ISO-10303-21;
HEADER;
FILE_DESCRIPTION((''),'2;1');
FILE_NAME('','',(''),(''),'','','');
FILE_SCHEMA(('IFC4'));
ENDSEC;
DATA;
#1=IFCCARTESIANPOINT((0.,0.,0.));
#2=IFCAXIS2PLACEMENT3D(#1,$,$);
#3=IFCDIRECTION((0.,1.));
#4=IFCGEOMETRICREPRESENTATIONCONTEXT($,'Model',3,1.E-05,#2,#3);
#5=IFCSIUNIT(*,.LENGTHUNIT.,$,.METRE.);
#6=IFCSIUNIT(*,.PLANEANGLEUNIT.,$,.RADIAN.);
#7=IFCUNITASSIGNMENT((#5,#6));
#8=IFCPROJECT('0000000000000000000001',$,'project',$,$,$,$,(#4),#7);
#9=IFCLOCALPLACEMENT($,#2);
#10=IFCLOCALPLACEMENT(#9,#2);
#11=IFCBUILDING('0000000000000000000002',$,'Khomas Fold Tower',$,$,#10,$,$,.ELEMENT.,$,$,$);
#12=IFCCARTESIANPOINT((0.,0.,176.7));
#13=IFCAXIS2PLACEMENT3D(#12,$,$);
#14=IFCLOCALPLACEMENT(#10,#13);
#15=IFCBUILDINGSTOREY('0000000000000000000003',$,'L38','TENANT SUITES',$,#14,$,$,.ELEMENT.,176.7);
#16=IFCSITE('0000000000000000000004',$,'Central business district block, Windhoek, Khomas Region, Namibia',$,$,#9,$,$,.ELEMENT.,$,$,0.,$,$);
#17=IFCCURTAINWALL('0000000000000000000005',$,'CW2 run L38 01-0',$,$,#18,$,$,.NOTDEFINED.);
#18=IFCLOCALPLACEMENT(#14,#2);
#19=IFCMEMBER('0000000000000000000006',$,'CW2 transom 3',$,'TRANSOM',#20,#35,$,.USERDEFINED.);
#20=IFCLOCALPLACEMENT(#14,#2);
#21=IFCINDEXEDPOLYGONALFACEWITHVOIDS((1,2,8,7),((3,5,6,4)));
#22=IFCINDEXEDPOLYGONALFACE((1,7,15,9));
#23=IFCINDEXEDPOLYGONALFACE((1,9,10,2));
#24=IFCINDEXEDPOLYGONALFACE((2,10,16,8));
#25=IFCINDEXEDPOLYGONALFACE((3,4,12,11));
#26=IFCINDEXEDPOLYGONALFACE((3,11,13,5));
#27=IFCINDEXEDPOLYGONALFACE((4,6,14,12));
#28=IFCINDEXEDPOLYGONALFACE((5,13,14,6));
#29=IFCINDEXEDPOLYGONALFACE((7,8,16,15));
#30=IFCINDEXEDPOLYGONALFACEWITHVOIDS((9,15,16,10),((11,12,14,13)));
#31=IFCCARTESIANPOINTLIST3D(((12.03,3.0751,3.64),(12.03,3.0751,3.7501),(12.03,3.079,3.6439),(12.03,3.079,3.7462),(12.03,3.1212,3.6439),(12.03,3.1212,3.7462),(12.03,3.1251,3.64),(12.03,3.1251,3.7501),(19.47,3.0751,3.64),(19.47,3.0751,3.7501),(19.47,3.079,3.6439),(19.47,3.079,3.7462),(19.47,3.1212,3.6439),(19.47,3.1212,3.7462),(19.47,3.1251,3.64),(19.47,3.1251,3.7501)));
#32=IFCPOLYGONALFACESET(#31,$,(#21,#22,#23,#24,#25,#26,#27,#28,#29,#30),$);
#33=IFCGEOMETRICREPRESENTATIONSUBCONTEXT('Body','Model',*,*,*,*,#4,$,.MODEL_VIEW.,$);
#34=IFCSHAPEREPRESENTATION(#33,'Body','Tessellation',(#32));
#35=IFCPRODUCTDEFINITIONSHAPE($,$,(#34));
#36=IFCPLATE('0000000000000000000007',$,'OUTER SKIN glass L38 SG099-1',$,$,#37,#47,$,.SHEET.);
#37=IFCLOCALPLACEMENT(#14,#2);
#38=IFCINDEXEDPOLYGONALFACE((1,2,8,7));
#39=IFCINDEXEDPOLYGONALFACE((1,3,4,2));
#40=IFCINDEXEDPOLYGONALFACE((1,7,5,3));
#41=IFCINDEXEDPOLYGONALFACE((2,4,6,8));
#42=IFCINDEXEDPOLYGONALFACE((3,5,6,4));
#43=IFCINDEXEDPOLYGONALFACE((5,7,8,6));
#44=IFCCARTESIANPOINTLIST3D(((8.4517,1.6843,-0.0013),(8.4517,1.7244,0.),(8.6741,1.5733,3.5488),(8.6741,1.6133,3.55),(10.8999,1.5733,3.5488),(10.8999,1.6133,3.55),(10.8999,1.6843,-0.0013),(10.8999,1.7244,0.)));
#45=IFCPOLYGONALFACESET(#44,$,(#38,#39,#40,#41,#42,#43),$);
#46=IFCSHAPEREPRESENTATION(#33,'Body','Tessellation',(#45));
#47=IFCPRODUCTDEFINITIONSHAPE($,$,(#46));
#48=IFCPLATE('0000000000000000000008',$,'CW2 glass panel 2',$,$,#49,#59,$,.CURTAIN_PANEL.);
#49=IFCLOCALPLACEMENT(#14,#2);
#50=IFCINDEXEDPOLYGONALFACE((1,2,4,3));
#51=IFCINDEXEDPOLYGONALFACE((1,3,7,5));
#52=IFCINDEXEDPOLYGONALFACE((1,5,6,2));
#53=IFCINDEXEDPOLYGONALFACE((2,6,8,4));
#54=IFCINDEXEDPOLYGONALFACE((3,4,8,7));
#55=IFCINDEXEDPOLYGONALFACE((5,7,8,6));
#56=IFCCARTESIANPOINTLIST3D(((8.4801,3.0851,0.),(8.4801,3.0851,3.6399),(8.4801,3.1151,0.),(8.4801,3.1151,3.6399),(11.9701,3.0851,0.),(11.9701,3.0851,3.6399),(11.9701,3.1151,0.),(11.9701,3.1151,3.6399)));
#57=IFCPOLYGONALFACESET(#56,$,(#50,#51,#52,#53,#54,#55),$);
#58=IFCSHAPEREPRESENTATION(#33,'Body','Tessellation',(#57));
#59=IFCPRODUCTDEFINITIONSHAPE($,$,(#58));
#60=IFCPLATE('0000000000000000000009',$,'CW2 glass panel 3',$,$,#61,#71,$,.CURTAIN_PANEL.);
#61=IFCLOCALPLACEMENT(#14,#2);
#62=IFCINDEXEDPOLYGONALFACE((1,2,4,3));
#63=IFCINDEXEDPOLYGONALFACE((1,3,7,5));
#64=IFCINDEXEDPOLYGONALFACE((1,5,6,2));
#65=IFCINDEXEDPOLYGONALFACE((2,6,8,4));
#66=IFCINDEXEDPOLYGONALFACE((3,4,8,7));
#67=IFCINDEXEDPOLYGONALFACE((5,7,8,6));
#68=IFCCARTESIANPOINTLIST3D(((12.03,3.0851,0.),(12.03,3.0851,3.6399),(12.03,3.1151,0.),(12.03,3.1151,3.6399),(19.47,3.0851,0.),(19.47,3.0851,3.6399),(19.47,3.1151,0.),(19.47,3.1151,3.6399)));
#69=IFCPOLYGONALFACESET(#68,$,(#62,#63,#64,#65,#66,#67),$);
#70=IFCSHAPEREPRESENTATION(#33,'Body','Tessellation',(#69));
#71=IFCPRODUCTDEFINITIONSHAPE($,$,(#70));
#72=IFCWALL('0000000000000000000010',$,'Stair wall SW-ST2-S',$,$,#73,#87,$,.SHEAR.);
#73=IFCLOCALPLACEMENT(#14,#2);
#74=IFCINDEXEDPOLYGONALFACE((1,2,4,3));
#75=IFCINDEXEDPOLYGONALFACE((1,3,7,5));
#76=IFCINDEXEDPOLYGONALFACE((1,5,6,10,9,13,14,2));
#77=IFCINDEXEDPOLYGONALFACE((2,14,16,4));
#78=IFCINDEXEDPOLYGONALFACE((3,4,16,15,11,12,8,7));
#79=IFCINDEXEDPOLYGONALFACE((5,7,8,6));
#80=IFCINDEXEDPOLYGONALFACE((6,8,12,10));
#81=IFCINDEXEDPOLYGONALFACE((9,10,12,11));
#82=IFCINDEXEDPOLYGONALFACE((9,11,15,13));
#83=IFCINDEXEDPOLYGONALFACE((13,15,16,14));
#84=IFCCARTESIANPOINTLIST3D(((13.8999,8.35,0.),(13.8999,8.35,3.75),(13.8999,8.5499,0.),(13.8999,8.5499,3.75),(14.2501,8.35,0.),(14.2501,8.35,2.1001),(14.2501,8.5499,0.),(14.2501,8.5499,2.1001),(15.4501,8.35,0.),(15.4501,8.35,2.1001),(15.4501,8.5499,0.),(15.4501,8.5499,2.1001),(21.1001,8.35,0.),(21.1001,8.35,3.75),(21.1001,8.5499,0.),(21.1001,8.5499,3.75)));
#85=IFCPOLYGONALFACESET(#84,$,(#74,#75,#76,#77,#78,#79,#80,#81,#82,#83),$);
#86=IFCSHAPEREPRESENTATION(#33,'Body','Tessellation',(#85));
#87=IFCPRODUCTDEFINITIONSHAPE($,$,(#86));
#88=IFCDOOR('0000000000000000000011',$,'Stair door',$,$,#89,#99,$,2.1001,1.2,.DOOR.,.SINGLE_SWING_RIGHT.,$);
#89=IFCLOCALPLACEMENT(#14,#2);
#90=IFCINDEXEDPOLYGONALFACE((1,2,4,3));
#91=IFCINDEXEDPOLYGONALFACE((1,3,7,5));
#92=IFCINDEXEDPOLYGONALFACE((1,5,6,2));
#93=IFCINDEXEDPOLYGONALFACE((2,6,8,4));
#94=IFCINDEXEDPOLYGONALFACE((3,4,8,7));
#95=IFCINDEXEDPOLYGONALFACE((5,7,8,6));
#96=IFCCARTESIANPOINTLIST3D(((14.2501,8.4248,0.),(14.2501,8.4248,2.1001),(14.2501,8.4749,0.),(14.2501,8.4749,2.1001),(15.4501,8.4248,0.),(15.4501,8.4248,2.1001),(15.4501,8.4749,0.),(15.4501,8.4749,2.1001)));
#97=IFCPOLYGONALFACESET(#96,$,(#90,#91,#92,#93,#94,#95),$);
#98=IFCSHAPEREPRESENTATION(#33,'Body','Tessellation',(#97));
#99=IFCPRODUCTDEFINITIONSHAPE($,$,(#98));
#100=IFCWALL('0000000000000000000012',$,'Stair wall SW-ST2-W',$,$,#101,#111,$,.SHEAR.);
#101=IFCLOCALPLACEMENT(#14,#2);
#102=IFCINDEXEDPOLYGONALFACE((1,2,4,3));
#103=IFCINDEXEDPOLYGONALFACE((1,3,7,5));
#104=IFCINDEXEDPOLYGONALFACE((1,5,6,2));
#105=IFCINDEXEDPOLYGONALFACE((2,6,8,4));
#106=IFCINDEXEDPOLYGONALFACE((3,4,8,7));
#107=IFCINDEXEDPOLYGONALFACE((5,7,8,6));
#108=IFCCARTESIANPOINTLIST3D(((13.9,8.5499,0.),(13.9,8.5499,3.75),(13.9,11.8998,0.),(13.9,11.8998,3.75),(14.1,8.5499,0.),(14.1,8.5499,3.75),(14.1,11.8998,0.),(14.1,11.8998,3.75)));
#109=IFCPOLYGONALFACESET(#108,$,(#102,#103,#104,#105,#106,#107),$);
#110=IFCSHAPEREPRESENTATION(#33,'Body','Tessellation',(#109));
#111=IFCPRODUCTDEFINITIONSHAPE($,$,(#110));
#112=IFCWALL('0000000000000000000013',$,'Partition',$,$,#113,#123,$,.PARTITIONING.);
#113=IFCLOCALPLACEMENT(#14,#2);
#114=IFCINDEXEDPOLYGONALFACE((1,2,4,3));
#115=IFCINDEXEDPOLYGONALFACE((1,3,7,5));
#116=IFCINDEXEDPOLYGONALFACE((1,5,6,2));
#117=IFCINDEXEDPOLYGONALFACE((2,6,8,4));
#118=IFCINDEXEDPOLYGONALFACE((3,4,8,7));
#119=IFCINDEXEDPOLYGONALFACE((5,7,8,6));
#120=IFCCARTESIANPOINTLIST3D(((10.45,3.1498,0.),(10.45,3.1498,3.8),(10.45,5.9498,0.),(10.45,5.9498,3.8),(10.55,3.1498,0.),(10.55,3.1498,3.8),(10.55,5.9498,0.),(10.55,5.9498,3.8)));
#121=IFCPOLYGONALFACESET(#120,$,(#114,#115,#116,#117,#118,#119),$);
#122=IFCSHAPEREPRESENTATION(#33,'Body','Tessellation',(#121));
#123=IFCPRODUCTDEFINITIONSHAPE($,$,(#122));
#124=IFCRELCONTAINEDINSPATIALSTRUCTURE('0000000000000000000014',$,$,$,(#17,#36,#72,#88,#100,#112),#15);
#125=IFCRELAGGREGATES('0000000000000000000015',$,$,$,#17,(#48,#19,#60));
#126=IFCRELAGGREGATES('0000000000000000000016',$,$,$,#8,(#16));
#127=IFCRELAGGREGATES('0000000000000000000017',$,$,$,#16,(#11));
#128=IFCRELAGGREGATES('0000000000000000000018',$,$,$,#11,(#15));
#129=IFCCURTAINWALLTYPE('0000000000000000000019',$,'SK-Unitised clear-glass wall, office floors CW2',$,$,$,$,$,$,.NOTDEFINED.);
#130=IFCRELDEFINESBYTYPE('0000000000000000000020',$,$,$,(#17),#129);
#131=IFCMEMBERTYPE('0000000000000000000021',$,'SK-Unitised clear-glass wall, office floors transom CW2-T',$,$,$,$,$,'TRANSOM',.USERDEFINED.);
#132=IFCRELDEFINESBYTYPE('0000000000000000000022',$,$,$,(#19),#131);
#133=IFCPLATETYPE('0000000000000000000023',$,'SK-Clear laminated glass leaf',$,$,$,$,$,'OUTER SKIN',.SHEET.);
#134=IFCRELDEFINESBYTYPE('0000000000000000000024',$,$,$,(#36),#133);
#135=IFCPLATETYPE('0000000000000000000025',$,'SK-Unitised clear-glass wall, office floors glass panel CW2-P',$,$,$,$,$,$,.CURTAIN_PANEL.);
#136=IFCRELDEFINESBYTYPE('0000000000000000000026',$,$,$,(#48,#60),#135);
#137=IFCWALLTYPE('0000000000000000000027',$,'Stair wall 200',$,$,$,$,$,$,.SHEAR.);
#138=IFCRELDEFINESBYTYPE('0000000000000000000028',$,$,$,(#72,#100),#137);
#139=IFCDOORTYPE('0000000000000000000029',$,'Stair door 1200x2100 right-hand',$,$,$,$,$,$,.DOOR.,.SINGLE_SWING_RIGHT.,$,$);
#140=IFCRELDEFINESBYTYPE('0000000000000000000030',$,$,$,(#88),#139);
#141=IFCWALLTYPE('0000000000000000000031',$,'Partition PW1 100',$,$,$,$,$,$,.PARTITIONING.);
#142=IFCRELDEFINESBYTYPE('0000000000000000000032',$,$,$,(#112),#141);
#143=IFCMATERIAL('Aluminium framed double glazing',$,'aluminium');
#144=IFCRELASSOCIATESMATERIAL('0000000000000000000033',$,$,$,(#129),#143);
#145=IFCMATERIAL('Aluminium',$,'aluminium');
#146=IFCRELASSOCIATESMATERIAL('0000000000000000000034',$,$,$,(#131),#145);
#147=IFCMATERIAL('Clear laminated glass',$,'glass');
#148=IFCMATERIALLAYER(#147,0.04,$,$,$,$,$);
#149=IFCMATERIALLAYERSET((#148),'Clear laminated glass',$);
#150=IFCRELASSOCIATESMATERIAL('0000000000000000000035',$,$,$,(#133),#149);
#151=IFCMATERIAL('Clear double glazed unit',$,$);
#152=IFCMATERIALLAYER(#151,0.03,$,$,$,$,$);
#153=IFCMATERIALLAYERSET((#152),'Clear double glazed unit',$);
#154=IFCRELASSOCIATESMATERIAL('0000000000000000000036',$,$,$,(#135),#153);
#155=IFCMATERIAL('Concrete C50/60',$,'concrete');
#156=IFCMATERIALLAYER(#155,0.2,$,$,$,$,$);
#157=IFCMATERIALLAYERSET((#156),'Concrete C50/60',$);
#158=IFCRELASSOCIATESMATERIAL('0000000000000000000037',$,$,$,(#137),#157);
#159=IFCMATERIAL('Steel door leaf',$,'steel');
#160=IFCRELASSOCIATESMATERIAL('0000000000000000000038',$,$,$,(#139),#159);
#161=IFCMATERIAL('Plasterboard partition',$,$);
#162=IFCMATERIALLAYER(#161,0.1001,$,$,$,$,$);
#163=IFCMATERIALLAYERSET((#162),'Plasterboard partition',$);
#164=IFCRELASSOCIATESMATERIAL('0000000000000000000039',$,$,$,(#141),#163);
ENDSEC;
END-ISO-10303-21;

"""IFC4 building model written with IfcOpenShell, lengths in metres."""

from ifc_helpers import new_model, si_unit, direction, frame, frame_2d, origin, origin_2d, place, context, subcontext, project, spatial, polyline, rectangle, hollow_rectangle, outline, extrude, source, transform, mapped, material, layer, layer_set, material_profile, profile_set, type_object, element, fill, aggregate, save


model = new_model("IFC4")

# Units and contexts
model_context = context("Model", 3, precision=1e-05, world=origin(), true_north=direction((0.0, 1.0)))
body_context = subcontext(model_context, "Body", "Model", "MODEL_VIEW")
ifc_project = project(units=[si_unit("LENGTHUNIT", "METRE"), si_unit("PLANEANGLEUNIT", "RADIAN")], contexts=[model_context])

# Site, building, storey
site_placement = place(None, origin())
site = spatial("IfcSite", under=ifc_project, at=site_placement, Name="Central business district block, Windhoek, Khomas Region, Namibia", CompositionType="ELEMENT", RefElevation=0.0)
building_placement = place(site_placement, origin())
building = spatial("IfcBuilding", under=site, at=building_placement, Name="Khomas Fold Tower", CompositionType="ELEMENT")
storey_placement = place(building_placement, frame((0.0, 0.0, 176.7)))
storey = spatial("IfcBuildingStorey", under=building, at=storey_placement, Name="L38", Description="TENANT SUITES", CompositionType="ELEMENT", Elevation=176.7)

# Curtain wall, member
ifc_material_1 = material(Name="Aluminium framed double glazing", Category="aluminium")
curtain_wall_type = type_object("IfcCurtainWallType", Name="SK-Unitised clear-glass wall, office floors CW2", PredefinedType="NOTDEFINED", material=ifc_material_1)
curtain_wall_placement = place(storey_placement, origin())
curtain_wall = element("IfcCurtainWall", 1, at=curtain_wall_placement, inside=storey, type_object=curtain_wall_type, Name="CW2 run L38 01-0", PredefinedType="NOTDEFINED")
ifc_material_2 = material(Name="Aluminium", Category="aluminium")
ifc_material_profile_1 = material_profile(ifc_material_2, hollow_rectangle(XDim=0.05, YDim=0.1101, WallThickness=0.0039, at=origin_2d()), Name="SK-Unitised clear-glass wall, office floors transom CW2-T")
ifc_profile_set_1 = profile_set([ifc_material_profile_1], Name="Aluminium")
member_type_1 = type_object("IfcMemberType", Name="SK-Unitised clear-glass wall, office floors transom CW2-T", ElementType="TRANSOM", PredefinedType="USERDEFINED", material=ifc_profile_set_1)
shared_shape_1 = source(origin(), body_context, "Body", "SweptSolid", [
    extrude(hollow_rectangle(XDim=0.05, YDim=0.1101, WallThickness=0.0039, at=origin_2d()), origin(), (0.0, 0.0, 1.0), 7.4399),
])
member_1_placement = place(storey_placement, frame((12.03, 3.1001, 3.6951), z_axis=(1.0, 0.0, 0.0), x_axis=(0.0, 1.0, 0.0)))
member_1 = element("IfcMember", 2, at=member_1_placement, type_object=member_type_1, Name="CW2 transom 3", ObjectType="TRANSOM", PredefinedType="USERDEFINED", context=body_context, shape_type="MappedRepresentation", body=[
    mapped(shared_shape_1, transform((0.0, 0.0, 0.0))),
])

# Plates
ifc_material_3 = material(Name="Clear laminated glass", Category="glass")
ifc_layer_1 = layer(ifc_material_3, 0.04)
ifc_layer_set_1 = layer_set([ifc_layer_1], Name="Clear laminated glass")
plate_type_1 = type_object("IfcPlateType", Name="SK-Clear laminated glass leaf", ElementType="OUTER SKIN", PredefinedType="SHEET", material=ifc_layer_set_1)
plate_1_placement = place(storey_placement, frame((10.8999, 1.7244, 0.0), z_axis=(0.0, 0.999511, 0.031276), x_axis=(-1.0, 0.0, 0.0)))
element("IfcPlate", 3, at=plate_1_placement, inside=storey, type_object=plate_type_1, Name="OUTER SKIN glass L38 SG099-1", PredefinedType="SHEET", context=body_context, shape_type="SweptSolid", body=[
    extrude(outline(polyline([(0.0, 0.0), (2.4482, 0.0), (2.2258, 3.5518), (0.0, 3.5518), (0.0, 0.0)])), origin(), (0.0, 0.0, -1.0), 0.04),
])
ifc_material_4 = material(Name="Clear double glazed unit")
ifc_layer_2 = layer(ifc_material_4, 0.03)
ifc_layer_set_2 = layer_set([ifc_layer_2], Name="Clear double glazed unit")
plate_type_2 = type_object("IfcPlateType", Name="SK-Unitised clear-glass wall, office floors glass panel CW2-P", PredefinedType="CURTAIN_PANEL", material=ifc_layer_set_2)
shared_shape_2 = source(origin(), body_context, "Body", "SweptSolid", [
    extrude(rectangle(XDim=3.49, YDim=0.03, at=origin_2d()), origin(), (0.0, 0.0, 1.0), 3.6399),
])
plate_2_placement = place(storey_placement, frame((10.2251, 3.1001, 0.0), z_axis=(0.0, 0.0, 1.0), x_axis=(1.0, 0.0, 0.0)))
plate_2 = element("IfcPlate", 4, at=plate_2_placement, type_object=plate_type_2, Name="CW2 glass panel 2", PredefinedType="CURTAIN_PANEL", context=body_context, shape_type="MappedRepresentation", body=[
    mapped(shared_shape_2, transform((0.0, 0.0, 0.0))),
])
shared_shape_3 = source(origin(), body_context, "Body", "SweptSolid", [
    extrude(rectangle(XDim=7.4399, YDim=0.03, at=origin_2d()), origin(), (0.0, 0.0, 1.0), 3.6399),
])
plate_3_placement = place(storey_placement, frame((15.75, 3.1001, 0.0), z_axis=(0.0, 0.0, 1.0), x_axis=(1.0, 0.0, 0.0)))
plate_3 = element("IfcPlate", 5, at=plate_3_placement, type_object=plate_type_2, Name="CW2 glass panel 3", PredefinedType="CURTAIN_PANEL", context=body_context, shape_type="MappedRepresentation", body=[
    mapped(shared_shape_3, transform((0.0, 0.0, 0.0))),
])
aggregate(curtain_wall, [plate_2, member_1, plate_3])

# Wall, opening, door
ifc_material_5 = material(Name="Concrete C50/60", Category="concrete")
ifc_layer_3 = layer(ifc_material_5, 0.2)
ifc_layer_set_3 = layer_set([ifc_layer_3], Name="Concrete C50/60")
wall_type_1 = type_object("IfcWallType", Name="Stair wall 200", PredefinedType="SHEAR", material=ifc_layer_set_3)
shared_shape_4 = source(origin(), body_context, "Body", "SweptSolid", [
    extrude(rectangle(XDim=7.2002, YDim=0.2, at=frame_2d((3.6001, 0.0))), origin(), (0.0, 0.0, 1.0), 3.75),
])
wall_1_placement = place(storey_placement, frame((13.8999, 8.45, 0.0), z_axis=(0.0, 0.0, 1.0), x_axis=(1.0, 0.0, 0.0)))
wall_1 = element("IfcWall", 6, at=wall_1_placement, inside=storey, type_object=wall_type_1, Name="Stair wall SW-ST2-S", PredefinedType="SHEAR", context=body_context, shape_type="MappedRepresentation", body=[
    mapped(shared_shape_4, transform((0.0, 0.0, 0.0))),
])
shared_shape_5 = source(origin(), body_context, "Body", "SweptSolid", [
    extrude(rectangle(XDim=1.2, YDim=2.1001, at=frame_2d((0.6001, 1.05))), frame((0.0, 0.1099, 0.0), z_axis=(0.0, -1.0, 0.0), x_axis=(1.0, 0.0, 0.0)), (0.0, 0.0, 1.0), 0.22),
])
opening_placement = place(wall_1_placement, frame((0.3501, 0.0, 0.0)))
opening = element("IfcOpeningElement", 7, at=opening_placement, cuts=wall_1, PredefinedType="OPENING", context=body_context, shape_type="MappedRepresentation", body=[
    mapped(shared_shape_5, transform((0.0, 0.0, 0.0))),
])
ifc_material_6 = material(Name="Steel door leaf", Category="steel")
door_type = type_object("IfcDoorType", Name="Stair door 1200x2100 right-hand", OperationType="SINGLE_SWING_RIGHT", PredefinedType="DOOR", material=ifc_material_6)
shared_shape_6 = source(origin(), body_context, "Body", "SweptSolid", [
    extrude(rectangle(XDim=1.2, YDim=2.1001, at=frame_2d((0.6001, 1.05))), frame((0.0, 0.0249, 0.0), z_axis=(0.0, -1.0, 0.0), x_axis=(1.0, 0.0, 0.0)), (0.0, 0.0, 1.0), 0.05),
])
door_placement = place(opening_placement, origin())
door = element("IfcDoor", 8, at=door_placement, inside=storey, type_object=door_type, Name="Stair door", OperationType="SINGLE_SWING_RIGHT", OverallHeight=2.1001, OverallWidth=1.2, PredefinedType="DOOR", context=body_context, shape_type="MappedRepresentation", body=[
    mapped(shared_shape_6, transform((0.0, 0.0, 0.0))),
])
fill(opening, door)

# Walls
shared_shape_7 = source(origin(), body_context, "Body", "SweptSolid", [
    extrude(rectangle(XDim=3.3499, YDim=0.2, at=frame_2d((1.6748, 0.0))), origin(), (0.0, 0.0, 1.0), 3.75),
])
wall_2_placement = place(storey_placement, frame((14.0, 8.55, 0.0), z_axis=(0.0, 0.0, 1.0), x_axis=(0.0, 1.0, 0.0)))
element("IfcWall", 9, at=wall_2_placement, inside=storey, type_object=wall_type_1, Name="Stair wall SW-ST2-W", PredefinedType="SHEAR", context=body_context, shape_type="MappedRepresentation", body=[
    mapped(shared_shape_7, transform((0.0, 0.0, 0.0))),
])
ifc_material_7 = material(Name="Plasterboard partition")
ifc_layer_4 = layer(ifc_material_7, 0.1001)
ifc_layer_set_4 = layer_set([ifc_layer_4], Name="Plasterboard partition")
wall_type_2 = type_object("IfcWallType", Name="Partition PW1 100", PredefinedType="PARTITIONING", material=ifc_layer_set_4)
shared_shape_8 = source(origin(), body_context, "Body", "SweptSolid", [
    extrude(rectangle(XDim=2.8, YDim=0.1001, at=frame_2d((1.3999, 0.0))), origin(), (0.0, 0.0, 1.0), 3.8),
])
wall_3_placement = place(storey_placement, frame((10.5, 3.1499, 0.0), z_axis=(0.0, 0.0, 1.0), x_axis=(0.0, 1.0, 0.0)))
element("IfcWall", 10, at=wall_3_placement, inside=storey, type_object=wall_type_2, Name="Partition", PredefinedType="PARTITIONING", context=body_context, shape_type="MappedRepresentation", body=[
    mapped(shared_shape_8, transform((0.0, 0.0, 0.0))),
])

save(model, "model.ifc")
